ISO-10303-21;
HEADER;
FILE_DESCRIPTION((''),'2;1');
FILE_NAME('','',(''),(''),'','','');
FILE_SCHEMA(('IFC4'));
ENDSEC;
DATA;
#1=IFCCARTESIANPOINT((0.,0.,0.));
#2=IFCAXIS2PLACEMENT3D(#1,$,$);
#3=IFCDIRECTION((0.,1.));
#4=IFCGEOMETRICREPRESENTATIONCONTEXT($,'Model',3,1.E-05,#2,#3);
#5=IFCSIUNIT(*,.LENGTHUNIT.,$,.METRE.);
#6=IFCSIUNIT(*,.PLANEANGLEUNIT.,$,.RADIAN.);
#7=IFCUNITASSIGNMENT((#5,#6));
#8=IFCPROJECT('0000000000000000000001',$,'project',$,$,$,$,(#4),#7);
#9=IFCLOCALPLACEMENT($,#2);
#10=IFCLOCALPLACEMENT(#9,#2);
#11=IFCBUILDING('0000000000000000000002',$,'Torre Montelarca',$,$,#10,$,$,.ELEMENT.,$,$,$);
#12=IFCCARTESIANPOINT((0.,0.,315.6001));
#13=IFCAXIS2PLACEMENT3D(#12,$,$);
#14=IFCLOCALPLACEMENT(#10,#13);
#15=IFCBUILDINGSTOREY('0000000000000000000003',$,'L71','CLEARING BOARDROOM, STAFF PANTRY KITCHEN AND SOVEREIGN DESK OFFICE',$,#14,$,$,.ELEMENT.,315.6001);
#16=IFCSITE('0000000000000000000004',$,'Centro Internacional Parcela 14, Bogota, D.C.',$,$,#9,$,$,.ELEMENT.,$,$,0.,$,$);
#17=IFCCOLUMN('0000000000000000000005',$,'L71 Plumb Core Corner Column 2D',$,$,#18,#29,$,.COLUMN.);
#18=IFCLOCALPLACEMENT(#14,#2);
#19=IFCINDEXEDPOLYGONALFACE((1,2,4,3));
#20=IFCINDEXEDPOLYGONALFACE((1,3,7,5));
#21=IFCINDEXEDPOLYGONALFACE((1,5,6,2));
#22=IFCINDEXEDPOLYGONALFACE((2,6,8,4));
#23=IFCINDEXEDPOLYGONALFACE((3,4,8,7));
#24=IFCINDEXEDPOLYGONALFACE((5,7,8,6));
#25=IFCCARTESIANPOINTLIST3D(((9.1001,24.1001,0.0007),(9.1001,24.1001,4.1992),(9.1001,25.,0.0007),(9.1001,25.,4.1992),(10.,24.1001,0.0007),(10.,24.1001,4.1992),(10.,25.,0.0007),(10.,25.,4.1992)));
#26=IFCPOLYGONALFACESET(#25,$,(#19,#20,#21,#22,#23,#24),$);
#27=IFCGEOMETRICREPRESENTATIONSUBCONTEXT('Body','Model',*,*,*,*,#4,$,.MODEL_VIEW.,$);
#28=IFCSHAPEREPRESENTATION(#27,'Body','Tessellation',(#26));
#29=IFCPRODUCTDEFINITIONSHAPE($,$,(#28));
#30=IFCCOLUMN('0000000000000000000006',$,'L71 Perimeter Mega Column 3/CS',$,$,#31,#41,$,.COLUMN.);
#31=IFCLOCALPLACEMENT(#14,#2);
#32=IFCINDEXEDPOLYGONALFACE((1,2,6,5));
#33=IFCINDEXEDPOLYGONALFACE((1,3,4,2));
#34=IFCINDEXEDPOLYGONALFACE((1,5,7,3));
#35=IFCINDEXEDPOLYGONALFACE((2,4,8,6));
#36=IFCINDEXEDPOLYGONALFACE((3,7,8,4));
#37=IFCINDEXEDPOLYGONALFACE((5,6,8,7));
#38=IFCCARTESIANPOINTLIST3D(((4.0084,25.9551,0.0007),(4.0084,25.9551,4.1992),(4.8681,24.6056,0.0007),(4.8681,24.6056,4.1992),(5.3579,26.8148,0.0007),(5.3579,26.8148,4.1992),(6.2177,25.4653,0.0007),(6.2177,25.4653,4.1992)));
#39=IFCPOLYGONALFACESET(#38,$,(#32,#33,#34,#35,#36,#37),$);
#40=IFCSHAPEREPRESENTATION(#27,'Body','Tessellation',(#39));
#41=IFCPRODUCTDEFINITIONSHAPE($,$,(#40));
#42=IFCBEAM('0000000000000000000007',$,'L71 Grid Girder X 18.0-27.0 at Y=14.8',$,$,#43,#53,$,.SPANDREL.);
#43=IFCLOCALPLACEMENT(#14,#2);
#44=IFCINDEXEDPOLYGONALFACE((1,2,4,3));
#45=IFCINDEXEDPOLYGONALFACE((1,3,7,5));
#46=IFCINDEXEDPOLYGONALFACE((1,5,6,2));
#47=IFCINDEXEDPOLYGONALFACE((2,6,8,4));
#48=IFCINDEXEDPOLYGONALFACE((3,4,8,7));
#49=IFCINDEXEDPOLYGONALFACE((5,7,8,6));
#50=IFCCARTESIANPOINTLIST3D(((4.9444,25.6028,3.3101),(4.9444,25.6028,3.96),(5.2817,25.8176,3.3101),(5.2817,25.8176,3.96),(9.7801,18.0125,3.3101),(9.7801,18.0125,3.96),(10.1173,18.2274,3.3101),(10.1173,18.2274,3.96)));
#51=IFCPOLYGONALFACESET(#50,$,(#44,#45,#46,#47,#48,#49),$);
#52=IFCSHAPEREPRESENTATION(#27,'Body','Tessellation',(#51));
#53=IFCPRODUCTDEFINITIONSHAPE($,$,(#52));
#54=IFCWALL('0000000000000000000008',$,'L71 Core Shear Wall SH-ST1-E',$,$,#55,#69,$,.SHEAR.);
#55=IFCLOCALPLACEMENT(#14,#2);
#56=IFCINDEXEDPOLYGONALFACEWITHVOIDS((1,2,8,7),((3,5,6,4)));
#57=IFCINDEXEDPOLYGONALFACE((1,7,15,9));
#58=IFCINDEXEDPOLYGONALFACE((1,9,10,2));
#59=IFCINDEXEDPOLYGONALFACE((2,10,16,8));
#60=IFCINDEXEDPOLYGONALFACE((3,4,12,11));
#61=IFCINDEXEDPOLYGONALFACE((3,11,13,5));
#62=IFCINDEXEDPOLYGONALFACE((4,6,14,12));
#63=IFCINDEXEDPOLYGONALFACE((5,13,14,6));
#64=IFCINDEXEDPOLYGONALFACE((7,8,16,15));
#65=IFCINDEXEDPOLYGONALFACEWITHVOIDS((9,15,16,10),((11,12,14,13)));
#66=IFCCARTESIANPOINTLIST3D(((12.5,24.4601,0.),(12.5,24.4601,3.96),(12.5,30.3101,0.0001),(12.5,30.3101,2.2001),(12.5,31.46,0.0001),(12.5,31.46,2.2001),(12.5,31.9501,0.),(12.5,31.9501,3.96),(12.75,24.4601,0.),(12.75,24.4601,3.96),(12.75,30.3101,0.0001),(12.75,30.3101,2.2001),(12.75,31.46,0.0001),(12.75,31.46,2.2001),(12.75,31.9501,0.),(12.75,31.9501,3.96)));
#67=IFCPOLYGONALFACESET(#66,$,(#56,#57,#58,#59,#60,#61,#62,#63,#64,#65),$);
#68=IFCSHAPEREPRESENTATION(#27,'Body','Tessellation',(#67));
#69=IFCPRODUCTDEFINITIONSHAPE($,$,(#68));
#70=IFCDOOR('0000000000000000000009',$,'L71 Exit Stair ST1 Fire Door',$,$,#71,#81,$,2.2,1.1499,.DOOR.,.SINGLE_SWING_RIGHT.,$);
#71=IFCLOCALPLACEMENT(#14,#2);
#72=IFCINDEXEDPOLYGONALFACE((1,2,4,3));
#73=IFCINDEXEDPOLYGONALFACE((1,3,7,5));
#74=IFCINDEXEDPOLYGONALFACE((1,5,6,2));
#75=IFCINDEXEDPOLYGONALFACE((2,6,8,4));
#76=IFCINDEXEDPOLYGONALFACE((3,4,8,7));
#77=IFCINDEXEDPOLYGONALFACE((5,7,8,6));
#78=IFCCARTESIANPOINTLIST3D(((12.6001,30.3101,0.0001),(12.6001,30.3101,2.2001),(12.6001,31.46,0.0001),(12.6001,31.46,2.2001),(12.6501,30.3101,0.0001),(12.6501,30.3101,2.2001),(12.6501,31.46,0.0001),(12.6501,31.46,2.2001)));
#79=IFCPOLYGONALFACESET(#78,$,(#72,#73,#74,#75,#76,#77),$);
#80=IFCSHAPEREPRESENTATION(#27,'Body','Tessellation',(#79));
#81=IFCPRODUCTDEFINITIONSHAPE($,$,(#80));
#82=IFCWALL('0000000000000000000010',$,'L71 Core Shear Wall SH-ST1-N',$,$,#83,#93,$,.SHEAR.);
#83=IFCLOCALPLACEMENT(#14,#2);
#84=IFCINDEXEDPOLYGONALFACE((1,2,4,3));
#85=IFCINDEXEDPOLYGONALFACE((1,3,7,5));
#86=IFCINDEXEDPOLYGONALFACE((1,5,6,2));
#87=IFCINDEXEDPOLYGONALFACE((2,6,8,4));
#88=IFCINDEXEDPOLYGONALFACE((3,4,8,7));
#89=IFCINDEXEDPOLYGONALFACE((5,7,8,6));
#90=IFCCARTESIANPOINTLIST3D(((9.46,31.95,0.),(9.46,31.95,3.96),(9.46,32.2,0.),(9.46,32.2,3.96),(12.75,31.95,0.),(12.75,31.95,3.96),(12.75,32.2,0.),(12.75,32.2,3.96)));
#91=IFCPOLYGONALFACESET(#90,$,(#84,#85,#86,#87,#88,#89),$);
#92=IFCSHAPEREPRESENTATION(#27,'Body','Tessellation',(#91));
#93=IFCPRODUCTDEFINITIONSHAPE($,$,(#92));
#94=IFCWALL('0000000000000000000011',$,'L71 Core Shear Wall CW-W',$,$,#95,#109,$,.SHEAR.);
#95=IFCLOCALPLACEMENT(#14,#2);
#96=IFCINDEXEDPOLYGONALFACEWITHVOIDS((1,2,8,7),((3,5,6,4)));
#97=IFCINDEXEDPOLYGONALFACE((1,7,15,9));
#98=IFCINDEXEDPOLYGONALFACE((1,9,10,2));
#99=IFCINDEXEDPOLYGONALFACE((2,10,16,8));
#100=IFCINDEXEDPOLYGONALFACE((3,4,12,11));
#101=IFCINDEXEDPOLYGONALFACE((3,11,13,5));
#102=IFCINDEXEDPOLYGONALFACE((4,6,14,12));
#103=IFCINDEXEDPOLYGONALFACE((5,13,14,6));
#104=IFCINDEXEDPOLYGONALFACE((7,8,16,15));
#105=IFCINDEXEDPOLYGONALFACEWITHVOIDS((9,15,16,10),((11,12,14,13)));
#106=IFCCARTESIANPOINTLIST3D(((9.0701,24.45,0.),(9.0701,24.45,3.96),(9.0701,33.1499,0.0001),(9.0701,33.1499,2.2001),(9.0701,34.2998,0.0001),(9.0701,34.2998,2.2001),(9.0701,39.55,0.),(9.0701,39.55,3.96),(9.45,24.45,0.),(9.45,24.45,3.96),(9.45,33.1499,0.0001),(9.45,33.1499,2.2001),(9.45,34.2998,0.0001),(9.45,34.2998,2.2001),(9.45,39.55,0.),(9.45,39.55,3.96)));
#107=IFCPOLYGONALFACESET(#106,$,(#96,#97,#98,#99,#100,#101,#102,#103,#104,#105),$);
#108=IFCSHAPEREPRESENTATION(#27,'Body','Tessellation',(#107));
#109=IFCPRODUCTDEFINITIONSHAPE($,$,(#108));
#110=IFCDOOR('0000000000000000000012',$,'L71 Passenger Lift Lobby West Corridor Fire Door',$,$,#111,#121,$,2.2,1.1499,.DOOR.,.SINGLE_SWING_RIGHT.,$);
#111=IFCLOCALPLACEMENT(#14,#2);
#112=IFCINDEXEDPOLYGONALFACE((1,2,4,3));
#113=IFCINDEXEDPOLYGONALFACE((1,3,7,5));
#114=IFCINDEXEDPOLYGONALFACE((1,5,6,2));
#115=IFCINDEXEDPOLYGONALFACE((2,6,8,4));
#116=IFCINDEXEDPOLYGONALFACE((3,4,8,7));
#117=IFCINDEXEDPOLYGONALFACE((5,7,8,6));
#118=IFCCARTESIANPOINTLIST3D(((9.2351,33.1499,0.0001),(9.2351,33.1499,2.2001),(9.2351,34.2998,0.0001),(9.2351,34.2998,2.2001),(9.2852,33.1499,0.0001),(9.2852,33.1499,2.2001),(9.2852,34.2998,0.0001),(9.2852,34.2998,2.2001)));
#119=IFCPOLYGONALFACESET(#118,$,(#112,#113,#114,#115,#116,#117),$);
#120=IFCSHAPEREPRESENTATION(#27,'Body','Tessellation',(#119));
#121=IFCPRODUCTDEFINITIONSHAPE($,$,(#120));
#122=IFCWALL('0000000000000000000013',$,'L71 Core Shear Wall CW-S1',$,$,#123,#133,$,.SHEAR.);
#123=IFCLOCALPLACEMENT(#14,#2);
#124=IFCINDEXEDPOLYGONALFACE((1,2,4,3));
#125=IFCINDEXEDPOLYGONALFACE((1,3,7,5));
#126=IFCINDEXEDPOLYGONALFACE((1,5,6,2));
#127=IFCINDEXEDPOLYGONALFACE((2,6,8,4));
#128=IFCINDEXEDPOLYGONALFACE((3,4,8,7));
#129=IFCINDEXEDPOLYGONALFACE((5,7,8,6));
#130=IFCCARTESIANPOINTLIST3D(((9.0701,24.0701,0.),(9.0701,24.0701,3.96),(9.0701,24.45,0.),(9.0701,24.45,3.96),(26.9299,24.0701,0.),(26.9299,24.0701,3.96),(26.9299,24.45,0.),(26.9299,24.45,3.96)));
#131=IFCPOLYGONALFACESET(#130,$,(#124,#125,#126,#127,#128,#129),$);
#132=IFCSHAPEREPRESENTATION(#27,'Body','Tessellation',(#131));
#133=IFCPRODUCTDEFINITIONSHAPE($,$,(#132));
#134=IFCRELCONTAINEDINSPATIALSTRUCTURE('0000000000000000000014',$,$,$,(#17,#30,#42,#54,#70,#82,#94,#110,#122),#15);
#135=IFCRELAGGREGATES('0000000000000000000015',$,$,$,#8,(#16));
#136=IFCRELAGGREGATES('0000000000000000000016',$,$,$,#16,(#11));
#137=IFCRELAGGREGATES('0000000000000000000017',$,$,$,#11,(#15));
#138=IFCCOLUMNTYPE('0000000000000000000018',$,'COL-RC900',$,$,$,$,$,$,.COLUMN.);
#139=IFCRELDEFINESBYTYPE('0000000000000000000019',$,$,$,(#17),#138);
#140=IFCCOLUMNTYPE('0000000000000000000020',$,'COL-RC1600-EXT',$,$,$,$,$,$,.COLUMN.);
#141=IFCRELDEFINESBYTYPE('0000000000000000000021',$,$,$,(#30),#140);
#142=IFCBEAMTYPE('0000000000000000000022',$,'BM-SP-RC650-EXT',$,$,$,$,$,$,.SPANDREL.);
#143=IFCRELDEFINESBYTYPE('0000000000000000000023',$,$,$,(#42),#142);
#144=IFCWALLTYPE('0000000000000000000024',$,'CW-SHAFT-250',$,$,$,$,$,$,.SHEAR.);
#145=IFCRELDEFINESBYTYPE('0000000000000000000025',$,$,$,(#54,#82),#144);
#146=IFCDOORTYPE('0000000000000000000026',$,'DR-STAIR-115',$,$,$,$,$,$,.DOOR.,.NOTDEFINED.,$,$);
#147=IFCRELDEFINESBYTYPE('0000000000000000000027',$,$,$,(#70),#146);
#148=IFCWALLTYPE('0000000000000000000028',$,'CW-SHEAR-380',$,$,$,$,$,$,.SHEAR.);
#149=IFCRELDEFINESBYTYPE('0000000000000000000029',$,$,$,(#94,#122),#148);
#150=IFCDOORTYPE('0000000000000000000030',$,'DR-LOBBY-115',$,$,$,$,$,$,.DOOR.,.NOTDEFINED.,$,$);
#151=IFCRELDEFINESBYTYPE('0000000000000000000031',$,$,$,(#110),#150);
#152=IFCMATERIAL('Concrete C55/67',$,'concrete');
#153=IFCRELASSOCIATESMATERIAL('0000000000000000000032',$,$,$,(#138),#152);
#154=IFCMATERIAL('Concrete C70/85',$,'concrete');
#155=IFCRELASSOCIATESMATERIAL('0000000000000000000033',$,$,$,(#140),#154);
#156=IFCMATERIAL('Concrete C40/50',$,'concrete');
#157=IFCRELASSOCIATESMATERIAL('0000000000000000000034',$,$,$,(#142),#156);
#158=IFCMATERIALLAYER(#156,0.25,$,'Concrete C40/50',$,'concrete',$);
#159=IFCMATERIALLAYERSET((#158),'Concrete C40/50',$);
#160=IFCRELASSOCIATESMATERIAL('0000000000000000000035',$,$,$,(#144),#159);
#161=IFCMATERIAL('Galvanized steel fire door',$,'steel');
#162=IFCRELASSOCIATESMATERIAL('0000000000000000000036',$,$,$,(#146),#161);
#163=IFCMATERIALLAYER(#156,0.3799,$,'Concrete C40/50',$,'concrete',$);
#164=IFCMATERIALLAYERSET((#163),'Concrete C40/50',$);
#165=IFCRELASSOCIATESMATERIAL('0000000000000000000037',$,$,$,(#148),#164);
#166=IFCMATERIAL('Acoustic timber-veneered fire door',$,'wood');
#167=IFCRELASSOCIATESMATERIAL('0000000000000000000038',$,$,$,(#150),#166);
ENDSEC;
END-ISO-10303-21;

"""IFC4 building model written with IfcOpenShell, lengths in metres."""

from ifc_helpers import new_model, si_unit, direction, frame, frame_2d, origin, origin_2d, place, context, subcontext, project, spatial, rectangle, extrude, source, transform, mapped, material, layer, layer_set, material_profile, profile_set, type_object, element, fill, save


model = new_model("IFC4")

# Units and contexts
model_context = context("Model", 3, precision=1e-05, world=origin(), true_north=direction((0.0, 1.0)))
body_context = subcontext(model_context, "Body", "Model", "MODEL_VIEW")
ifc_project = project(units=[si_unit("LENGTHUNIT", "METRE"), si_unit("PLANEANGLEUNIT", "RADIAN")], contexts=[model_context])

# Site, building, storey
site_placement = place(None, origin())
site = spatial("IfcSite", under=ifc_project, at=site_placement, Name="Centro Internacional Parcela 14, Bogota, D.C.", CompositionType="ELEMENT", RefElevation=0.0)
building_placement = place(site_placement, origin())
building = spatial("IfcBuilding", under=site, at=building_placement, Name="Torre Montelarca", CompositionType="ELEMENT")
storey_placement = place(building_placement, frame((0.0, 0.0, 315.6001)))
storey = spatial("IfcBuildingStorey", under=building, at=storey_placement, Name="L71", Description="CLEARING BOARDROOM, STAFF PANTRY KITCHEN AND SOVEREIGN DESK OFFICE", CompositionType="ELEMENT", Elevation=315.6001)

# Columns
ifc_material_1 = material(Name="Concrete C55/67", Category="concrete")
ifc_material_profile_1 = material_profile(ifc_material_1, rectangle(XDim=0.8999, YDim=0.8999, at=origin_2d()), Name="RC900X900", Category="concrete")
ifc_profile_set_1 = profile_set([ifc_material_profile_1], Name="Concrete C55/67")
column_type_1 = type_object("IfcColumnType", Name="COL-RC900", PredefinedType="COLUMN", material=ifc_profile_set_1)
shared_shape_1 = source(origin(), body_context, "Body", "SweptSolid", [
    extrude(rectangle(XDim=0.8999, YDim=0.8999, at=origin_2d()), origin(), (0.0, 0.0, 1.0), 4.1985),
])
column_1_placement = place(storey_placement, frame((9.55, 24.55, 0.0007), z_axis=(0.0, 0.0, 1.0), x_axis=(1.0, 0.0, 0.0)))
element("IfcColumn", 1, at=column_1_placement, inside=storey, type_object=column_type_1, Name="L71 Plumb Core Corner Column 2D", PredefinedType="COLUMN", context=body_context, shape_type="MappedRepresentation", body=[
    mapped(shared_shape_1, transform((0.0, 0.0, 0.0), scale=1.0)),
])
ifc_material_2 = material(Name="Concrete C70/85", Category="concrete")
ifc_material_profile_2 = material_profile(ifc_material_2, rectangle(XDim=1.6001, YDim=1.6001, at=origin_2d()), Name="RC1600X1600", Category="concrete")
ifc_profile_set_2 = profile_set([ifc_material_profile_2], Name="Concrete C70/85")
column_type_2 = type_object("IfcColumnType", Name="COL-RC1600-EXT", PredefinedType="COLUMN", material=ifc_profile_set_2)
shared_shape_2 = source(origin(), body_context, "Body", "SweptSolid", [
    extrude(rectangle(XDim=1.6001, YDim=1.6001, at=origin_2d()), origin(), (0.0, 0.0, 1.0), 4.1985),
])
column_2_placement = place(storey_placement, frame((5.113, 25.7102, 0.0007), z_axis=(0.0, 0.0, 1.0), x_axis=(-0.5373, 0.843391, 0.0)))
element("IfcColumn", 2, at=column_2_placement, inside=storey, type_object=column_type_2, Name="L71 Perimeter Mega Column 3/CS", PredefinedType="COLUMN", context=body_context, shape_type="MappedRepresentation", body=[
    mapped(shared_shape_2, transform((0.0, 0.0, 0.0), scale=1.0)),
])

# Beam
ifc_material_3 = material(Name="Concrete C40/50", Category="concrete")
ifc_material_profile_3 = material_profile(ifc_material_3, rectangle(XDim=0.3999, YDim=0.6499, at=origin_2d()), Name="RCB400X650", Category="concrete")
ifc_profile_set_3 = profile_set([ifc_material_profile_3], Name="Concrete C40/50")
beam_type = type_object("IfcBeamType", Name="BM-SP-RC650-EXT", PredefinedType="SPANDREL", material=ifc_profile_set_3)
shared_shape_3 = source(origin(), body_context, "Body", "SweptSolid", [
    extrude(rectangle(XDim=0.3999, YDim=0.6499, at=origin_2d()), origin(), (0.0, 0.0, 1.0), 8.9998),
])
beam_placement = place(storey_placement, frame((5.113, 25.7102, 3.635), z_axis=(0.537309, -0.843385, 0.0), x_axis=(0.843385, 0.537309, 0.0)))
element("IfcBeam", 3, at=beam_placement, inside=storey, type_object=beam_type, Name="L71 Grid Girder X 18.0-27.0 at Y=14.8", PredefinedType="SPANDREL", context=body_context, shape_type="MappedRepresentation", body=[
    mapped(shared_shape_3, transform((0.0, 0.0, 0.0), scale=1.0)),
])

# Wall, opening, door
ifc_layer_1 = layer(ifc_material_3, 0.25, Name="Concrete C40/50", Category="concrete")
ifc_layer_set_1 = layer_set([ifc_layer_1], Name="Concrete C40/50")
wall_type_1 = type_object("IfcWallType", Name="CW-SHAFT-250", PredefinedType="SHEAR", material=ifc_layer_set_1)
wall_1_placement = place(storey_placement, frame((12.625, 24.46, 0.0), z_axis=(0.0, 0.0, 1.0), x_axis=(0.0, 1.0, 0.0)))
wall_1 = element("IfcWall", 4, at=wall_1_placement, inside=storey, type_object=wall_type_1, Name="L71 Core Shear Wall SH-ST1-E", PredefinedType="SHEAR", context=body_context, shape_type="SweptSolid", body=[
    extrude(rectangle(XDim=7.49, YDim=0.25, at=frame_2d((3.7451, 0.0))), origin(), (0.0, 0.0, 1.0), 3.96),
])
opening_1_placement = place(wall_1_placement, frame((5.8501, 0.0, 0.0)))
opening_1 = element("IfcOpeningElement", 5, at=opening_1_placement, cuts=wall_1, PredefinedType="OPENING", context=body_context, shape_type="SweptSolid", body=[
    extrude(rectangle(XDim=1.1499, YDim=2.2, at=frame_2d((0.575, 1.1001))), frame((0.0, 0.135, 0.0), z_axis=(0.0, -1.0, 0.0), x_axis=(1.0, 0.0, 0.0)), (0.0, 0.0, 1.0), 0.27),
])
ifc_material_4 = material(Name="Galvanized steel fire door", Category="steel")
door_type_1 = type_object("IfcDoorType", Name="DR-STAIR-115", OperationType="NOTDEFINED", PredefinedType="DOOR", material=ifc_material_4)
shared_shape_4 = source(origin(), body_context, "Body", "SweptSolid", [
    extrude(rectangle(XDim=1.1499, YDim=2.2, at=frame_2d((0.575, 1.1001))), frame((0.0, 0.0249, 0.0), z_axis=(0.0, -1.0, 0.0), x_axis=(1.0, 0.0, 0.0)), (0.0, 0.0, 1.0), 0.05),
])
door_1_placement = place(opening_1_placement, origin())
door_1 = element("IfcDoor", 6, at=door_1_placement, inside=storey, type_object=door_type_1, Name="L71 Exit Stair ST1 Fire Door", OperationType="SINGLE_SWING_RIGHT", OverallHeight=2.2, OverallWidth=1.1499, PredefinedType="DOOR", context=body_context, shape_type="MappedRepresentation", body=[
    mapped(shared_shape_4, transform((0.0, 0.0, 0.0), scale=1.0)),
])
fill(opening_1, door_1)

# Wall
wall_2_placement = place(storey_placement, frame((9.46, 32.075, 0.0), z_axis=(0.0, 0.0, 1.0), x_axis=(1.0, 0.0, 0.0)))
element("IfcWall", 7, at=wall_2_placement, inside=storey, type_object=wall_type_1, Name="L71 Core Shear Wall SH-ST1-N", PredefinedType="SHEAR", context=body_context, shape_type="SweptSolid", body=[
    extrude(rectangle(XDim=3.29, YDim=0.25, at=frame_2d((1.645, 0.0))), origin(), (0.0, 0.0, 1.0), 3.96),
])

# Wall, opening, door
ifc_layer_2 = layer(ifc_material_3, 0.3799, Name="Concrete C40/50", Category="concrete")
ifc_layer_set_2 = layer_set([ifc_layer_2], Name="Concrete C40/50")
wall_type_2 = type_object("IfcWallType", Name="CW-SHEAR-380", PredefinedType="SHEAR", material=ifc_layer_set_2)
wall_3_placement = place(storey_placement, frame((9.26, 24.45, 0.0), z_axis=(0.0, 0.0, 1.0), x_axis=(0.0, 1.0, 0.0)))
wall_3 = element("IfcWall", 8, at=wall_3_placement, inside=storey, type_object=wall_type_2, Name="L71 Core Shear Wall CW-W", PredefinedType="SHEAR", context=body_context, shape_type="SweptSolid", body=[
    extrude(rectangle(XDim=15.1001, YDim=0.3799, at=frame_2d((7.55, 0.0))), origin(), (0.0, 0.0, 1.0), 3.96),
])
opening_2_placement = place(wall_3_placement, frame((8.7, 0.0, 0.0)))
opening_2 = element("IfcOpeningElement", 9, at=opening_2_placement, cuts=wall_3, PredefinedType="OPENING", context=body_context, shape_type="SweptSolid", body=[
    extrude(rectangle(XDim=1.1499, YDim=2.2, at=frame_2d((0.575, 1.1001))), frame((0.0, 0.2, 0.0), z_axis=(0.0, -1.0, 0.0), x_axis=(1.0, 0.0, 0.0)), (0.0, 0.0, 1.0), 0.3999),
])
ifc_material_5 = material(Name="Acoustic timber-veneered fire door", Category="wood")
door_type_2 = type_object("IfcDoorType", Name="DR-LOBBY-115", OperationType="NOTDEFINED", PredefinedType="DOOR", material=ifc_material_5)
shared_shape_5 = source(origin(), body_context, "Body", "SweptSolid", [
    extrude(rectangle(XDim=1.1499, YDim=2.2, at=frame_2d((0.575, 1.1001))), frame((0.0, 0.0249, 0.0), z_axis=(0.0, -1.0, 0.0), x_axis=(1.0, 0.0, 0.0)), (0.0, 0.0, 1.0), 0.05),
])
door_2_placement = place(opening_2_placement, origin())
door_2 = element("IfcDoor", 10, at=door_2_placement, inside=storey, type_object=door_type_2, Name="L71 Passenger Lift Lobby West Corridor Fire Door", OperationType="SINGLE_SWING_RIGHT", OverallHeight=2.2, OverallWidth=1.1499, PredefinedType="DOOR", context=body_context, shape_type="MappedRepresentation", body=[
    mapped(shared_shape_5, transform((0.0, 0.0, 0.0), scale=1.0)),
])
fill(opening_2, door_2)

# Wall
wall_4_placement = place(storey_placement, frame((9.0701, 24.26, 0.0), z_axis=(0.0, 0.0, 1.0), x_axis=(1.0, 0.0, 0.0)))
element("IfcWall", 11, at=wall_4_placement, inside=storey, type_object=wall_type_2, Name="L71 Core Shear Wall CW-S1", PredefinedType="SHEAR", context=body_context, shape_type="SweptSolid", body=[
    extrude(rectangle(XDim=17.8599, YDim=0.3799, at=frame_2d((8.9299, 0.0))), origin(), (0.0, 0.0, 1.0), 3.96),
])

save(model, "model.ifc")
